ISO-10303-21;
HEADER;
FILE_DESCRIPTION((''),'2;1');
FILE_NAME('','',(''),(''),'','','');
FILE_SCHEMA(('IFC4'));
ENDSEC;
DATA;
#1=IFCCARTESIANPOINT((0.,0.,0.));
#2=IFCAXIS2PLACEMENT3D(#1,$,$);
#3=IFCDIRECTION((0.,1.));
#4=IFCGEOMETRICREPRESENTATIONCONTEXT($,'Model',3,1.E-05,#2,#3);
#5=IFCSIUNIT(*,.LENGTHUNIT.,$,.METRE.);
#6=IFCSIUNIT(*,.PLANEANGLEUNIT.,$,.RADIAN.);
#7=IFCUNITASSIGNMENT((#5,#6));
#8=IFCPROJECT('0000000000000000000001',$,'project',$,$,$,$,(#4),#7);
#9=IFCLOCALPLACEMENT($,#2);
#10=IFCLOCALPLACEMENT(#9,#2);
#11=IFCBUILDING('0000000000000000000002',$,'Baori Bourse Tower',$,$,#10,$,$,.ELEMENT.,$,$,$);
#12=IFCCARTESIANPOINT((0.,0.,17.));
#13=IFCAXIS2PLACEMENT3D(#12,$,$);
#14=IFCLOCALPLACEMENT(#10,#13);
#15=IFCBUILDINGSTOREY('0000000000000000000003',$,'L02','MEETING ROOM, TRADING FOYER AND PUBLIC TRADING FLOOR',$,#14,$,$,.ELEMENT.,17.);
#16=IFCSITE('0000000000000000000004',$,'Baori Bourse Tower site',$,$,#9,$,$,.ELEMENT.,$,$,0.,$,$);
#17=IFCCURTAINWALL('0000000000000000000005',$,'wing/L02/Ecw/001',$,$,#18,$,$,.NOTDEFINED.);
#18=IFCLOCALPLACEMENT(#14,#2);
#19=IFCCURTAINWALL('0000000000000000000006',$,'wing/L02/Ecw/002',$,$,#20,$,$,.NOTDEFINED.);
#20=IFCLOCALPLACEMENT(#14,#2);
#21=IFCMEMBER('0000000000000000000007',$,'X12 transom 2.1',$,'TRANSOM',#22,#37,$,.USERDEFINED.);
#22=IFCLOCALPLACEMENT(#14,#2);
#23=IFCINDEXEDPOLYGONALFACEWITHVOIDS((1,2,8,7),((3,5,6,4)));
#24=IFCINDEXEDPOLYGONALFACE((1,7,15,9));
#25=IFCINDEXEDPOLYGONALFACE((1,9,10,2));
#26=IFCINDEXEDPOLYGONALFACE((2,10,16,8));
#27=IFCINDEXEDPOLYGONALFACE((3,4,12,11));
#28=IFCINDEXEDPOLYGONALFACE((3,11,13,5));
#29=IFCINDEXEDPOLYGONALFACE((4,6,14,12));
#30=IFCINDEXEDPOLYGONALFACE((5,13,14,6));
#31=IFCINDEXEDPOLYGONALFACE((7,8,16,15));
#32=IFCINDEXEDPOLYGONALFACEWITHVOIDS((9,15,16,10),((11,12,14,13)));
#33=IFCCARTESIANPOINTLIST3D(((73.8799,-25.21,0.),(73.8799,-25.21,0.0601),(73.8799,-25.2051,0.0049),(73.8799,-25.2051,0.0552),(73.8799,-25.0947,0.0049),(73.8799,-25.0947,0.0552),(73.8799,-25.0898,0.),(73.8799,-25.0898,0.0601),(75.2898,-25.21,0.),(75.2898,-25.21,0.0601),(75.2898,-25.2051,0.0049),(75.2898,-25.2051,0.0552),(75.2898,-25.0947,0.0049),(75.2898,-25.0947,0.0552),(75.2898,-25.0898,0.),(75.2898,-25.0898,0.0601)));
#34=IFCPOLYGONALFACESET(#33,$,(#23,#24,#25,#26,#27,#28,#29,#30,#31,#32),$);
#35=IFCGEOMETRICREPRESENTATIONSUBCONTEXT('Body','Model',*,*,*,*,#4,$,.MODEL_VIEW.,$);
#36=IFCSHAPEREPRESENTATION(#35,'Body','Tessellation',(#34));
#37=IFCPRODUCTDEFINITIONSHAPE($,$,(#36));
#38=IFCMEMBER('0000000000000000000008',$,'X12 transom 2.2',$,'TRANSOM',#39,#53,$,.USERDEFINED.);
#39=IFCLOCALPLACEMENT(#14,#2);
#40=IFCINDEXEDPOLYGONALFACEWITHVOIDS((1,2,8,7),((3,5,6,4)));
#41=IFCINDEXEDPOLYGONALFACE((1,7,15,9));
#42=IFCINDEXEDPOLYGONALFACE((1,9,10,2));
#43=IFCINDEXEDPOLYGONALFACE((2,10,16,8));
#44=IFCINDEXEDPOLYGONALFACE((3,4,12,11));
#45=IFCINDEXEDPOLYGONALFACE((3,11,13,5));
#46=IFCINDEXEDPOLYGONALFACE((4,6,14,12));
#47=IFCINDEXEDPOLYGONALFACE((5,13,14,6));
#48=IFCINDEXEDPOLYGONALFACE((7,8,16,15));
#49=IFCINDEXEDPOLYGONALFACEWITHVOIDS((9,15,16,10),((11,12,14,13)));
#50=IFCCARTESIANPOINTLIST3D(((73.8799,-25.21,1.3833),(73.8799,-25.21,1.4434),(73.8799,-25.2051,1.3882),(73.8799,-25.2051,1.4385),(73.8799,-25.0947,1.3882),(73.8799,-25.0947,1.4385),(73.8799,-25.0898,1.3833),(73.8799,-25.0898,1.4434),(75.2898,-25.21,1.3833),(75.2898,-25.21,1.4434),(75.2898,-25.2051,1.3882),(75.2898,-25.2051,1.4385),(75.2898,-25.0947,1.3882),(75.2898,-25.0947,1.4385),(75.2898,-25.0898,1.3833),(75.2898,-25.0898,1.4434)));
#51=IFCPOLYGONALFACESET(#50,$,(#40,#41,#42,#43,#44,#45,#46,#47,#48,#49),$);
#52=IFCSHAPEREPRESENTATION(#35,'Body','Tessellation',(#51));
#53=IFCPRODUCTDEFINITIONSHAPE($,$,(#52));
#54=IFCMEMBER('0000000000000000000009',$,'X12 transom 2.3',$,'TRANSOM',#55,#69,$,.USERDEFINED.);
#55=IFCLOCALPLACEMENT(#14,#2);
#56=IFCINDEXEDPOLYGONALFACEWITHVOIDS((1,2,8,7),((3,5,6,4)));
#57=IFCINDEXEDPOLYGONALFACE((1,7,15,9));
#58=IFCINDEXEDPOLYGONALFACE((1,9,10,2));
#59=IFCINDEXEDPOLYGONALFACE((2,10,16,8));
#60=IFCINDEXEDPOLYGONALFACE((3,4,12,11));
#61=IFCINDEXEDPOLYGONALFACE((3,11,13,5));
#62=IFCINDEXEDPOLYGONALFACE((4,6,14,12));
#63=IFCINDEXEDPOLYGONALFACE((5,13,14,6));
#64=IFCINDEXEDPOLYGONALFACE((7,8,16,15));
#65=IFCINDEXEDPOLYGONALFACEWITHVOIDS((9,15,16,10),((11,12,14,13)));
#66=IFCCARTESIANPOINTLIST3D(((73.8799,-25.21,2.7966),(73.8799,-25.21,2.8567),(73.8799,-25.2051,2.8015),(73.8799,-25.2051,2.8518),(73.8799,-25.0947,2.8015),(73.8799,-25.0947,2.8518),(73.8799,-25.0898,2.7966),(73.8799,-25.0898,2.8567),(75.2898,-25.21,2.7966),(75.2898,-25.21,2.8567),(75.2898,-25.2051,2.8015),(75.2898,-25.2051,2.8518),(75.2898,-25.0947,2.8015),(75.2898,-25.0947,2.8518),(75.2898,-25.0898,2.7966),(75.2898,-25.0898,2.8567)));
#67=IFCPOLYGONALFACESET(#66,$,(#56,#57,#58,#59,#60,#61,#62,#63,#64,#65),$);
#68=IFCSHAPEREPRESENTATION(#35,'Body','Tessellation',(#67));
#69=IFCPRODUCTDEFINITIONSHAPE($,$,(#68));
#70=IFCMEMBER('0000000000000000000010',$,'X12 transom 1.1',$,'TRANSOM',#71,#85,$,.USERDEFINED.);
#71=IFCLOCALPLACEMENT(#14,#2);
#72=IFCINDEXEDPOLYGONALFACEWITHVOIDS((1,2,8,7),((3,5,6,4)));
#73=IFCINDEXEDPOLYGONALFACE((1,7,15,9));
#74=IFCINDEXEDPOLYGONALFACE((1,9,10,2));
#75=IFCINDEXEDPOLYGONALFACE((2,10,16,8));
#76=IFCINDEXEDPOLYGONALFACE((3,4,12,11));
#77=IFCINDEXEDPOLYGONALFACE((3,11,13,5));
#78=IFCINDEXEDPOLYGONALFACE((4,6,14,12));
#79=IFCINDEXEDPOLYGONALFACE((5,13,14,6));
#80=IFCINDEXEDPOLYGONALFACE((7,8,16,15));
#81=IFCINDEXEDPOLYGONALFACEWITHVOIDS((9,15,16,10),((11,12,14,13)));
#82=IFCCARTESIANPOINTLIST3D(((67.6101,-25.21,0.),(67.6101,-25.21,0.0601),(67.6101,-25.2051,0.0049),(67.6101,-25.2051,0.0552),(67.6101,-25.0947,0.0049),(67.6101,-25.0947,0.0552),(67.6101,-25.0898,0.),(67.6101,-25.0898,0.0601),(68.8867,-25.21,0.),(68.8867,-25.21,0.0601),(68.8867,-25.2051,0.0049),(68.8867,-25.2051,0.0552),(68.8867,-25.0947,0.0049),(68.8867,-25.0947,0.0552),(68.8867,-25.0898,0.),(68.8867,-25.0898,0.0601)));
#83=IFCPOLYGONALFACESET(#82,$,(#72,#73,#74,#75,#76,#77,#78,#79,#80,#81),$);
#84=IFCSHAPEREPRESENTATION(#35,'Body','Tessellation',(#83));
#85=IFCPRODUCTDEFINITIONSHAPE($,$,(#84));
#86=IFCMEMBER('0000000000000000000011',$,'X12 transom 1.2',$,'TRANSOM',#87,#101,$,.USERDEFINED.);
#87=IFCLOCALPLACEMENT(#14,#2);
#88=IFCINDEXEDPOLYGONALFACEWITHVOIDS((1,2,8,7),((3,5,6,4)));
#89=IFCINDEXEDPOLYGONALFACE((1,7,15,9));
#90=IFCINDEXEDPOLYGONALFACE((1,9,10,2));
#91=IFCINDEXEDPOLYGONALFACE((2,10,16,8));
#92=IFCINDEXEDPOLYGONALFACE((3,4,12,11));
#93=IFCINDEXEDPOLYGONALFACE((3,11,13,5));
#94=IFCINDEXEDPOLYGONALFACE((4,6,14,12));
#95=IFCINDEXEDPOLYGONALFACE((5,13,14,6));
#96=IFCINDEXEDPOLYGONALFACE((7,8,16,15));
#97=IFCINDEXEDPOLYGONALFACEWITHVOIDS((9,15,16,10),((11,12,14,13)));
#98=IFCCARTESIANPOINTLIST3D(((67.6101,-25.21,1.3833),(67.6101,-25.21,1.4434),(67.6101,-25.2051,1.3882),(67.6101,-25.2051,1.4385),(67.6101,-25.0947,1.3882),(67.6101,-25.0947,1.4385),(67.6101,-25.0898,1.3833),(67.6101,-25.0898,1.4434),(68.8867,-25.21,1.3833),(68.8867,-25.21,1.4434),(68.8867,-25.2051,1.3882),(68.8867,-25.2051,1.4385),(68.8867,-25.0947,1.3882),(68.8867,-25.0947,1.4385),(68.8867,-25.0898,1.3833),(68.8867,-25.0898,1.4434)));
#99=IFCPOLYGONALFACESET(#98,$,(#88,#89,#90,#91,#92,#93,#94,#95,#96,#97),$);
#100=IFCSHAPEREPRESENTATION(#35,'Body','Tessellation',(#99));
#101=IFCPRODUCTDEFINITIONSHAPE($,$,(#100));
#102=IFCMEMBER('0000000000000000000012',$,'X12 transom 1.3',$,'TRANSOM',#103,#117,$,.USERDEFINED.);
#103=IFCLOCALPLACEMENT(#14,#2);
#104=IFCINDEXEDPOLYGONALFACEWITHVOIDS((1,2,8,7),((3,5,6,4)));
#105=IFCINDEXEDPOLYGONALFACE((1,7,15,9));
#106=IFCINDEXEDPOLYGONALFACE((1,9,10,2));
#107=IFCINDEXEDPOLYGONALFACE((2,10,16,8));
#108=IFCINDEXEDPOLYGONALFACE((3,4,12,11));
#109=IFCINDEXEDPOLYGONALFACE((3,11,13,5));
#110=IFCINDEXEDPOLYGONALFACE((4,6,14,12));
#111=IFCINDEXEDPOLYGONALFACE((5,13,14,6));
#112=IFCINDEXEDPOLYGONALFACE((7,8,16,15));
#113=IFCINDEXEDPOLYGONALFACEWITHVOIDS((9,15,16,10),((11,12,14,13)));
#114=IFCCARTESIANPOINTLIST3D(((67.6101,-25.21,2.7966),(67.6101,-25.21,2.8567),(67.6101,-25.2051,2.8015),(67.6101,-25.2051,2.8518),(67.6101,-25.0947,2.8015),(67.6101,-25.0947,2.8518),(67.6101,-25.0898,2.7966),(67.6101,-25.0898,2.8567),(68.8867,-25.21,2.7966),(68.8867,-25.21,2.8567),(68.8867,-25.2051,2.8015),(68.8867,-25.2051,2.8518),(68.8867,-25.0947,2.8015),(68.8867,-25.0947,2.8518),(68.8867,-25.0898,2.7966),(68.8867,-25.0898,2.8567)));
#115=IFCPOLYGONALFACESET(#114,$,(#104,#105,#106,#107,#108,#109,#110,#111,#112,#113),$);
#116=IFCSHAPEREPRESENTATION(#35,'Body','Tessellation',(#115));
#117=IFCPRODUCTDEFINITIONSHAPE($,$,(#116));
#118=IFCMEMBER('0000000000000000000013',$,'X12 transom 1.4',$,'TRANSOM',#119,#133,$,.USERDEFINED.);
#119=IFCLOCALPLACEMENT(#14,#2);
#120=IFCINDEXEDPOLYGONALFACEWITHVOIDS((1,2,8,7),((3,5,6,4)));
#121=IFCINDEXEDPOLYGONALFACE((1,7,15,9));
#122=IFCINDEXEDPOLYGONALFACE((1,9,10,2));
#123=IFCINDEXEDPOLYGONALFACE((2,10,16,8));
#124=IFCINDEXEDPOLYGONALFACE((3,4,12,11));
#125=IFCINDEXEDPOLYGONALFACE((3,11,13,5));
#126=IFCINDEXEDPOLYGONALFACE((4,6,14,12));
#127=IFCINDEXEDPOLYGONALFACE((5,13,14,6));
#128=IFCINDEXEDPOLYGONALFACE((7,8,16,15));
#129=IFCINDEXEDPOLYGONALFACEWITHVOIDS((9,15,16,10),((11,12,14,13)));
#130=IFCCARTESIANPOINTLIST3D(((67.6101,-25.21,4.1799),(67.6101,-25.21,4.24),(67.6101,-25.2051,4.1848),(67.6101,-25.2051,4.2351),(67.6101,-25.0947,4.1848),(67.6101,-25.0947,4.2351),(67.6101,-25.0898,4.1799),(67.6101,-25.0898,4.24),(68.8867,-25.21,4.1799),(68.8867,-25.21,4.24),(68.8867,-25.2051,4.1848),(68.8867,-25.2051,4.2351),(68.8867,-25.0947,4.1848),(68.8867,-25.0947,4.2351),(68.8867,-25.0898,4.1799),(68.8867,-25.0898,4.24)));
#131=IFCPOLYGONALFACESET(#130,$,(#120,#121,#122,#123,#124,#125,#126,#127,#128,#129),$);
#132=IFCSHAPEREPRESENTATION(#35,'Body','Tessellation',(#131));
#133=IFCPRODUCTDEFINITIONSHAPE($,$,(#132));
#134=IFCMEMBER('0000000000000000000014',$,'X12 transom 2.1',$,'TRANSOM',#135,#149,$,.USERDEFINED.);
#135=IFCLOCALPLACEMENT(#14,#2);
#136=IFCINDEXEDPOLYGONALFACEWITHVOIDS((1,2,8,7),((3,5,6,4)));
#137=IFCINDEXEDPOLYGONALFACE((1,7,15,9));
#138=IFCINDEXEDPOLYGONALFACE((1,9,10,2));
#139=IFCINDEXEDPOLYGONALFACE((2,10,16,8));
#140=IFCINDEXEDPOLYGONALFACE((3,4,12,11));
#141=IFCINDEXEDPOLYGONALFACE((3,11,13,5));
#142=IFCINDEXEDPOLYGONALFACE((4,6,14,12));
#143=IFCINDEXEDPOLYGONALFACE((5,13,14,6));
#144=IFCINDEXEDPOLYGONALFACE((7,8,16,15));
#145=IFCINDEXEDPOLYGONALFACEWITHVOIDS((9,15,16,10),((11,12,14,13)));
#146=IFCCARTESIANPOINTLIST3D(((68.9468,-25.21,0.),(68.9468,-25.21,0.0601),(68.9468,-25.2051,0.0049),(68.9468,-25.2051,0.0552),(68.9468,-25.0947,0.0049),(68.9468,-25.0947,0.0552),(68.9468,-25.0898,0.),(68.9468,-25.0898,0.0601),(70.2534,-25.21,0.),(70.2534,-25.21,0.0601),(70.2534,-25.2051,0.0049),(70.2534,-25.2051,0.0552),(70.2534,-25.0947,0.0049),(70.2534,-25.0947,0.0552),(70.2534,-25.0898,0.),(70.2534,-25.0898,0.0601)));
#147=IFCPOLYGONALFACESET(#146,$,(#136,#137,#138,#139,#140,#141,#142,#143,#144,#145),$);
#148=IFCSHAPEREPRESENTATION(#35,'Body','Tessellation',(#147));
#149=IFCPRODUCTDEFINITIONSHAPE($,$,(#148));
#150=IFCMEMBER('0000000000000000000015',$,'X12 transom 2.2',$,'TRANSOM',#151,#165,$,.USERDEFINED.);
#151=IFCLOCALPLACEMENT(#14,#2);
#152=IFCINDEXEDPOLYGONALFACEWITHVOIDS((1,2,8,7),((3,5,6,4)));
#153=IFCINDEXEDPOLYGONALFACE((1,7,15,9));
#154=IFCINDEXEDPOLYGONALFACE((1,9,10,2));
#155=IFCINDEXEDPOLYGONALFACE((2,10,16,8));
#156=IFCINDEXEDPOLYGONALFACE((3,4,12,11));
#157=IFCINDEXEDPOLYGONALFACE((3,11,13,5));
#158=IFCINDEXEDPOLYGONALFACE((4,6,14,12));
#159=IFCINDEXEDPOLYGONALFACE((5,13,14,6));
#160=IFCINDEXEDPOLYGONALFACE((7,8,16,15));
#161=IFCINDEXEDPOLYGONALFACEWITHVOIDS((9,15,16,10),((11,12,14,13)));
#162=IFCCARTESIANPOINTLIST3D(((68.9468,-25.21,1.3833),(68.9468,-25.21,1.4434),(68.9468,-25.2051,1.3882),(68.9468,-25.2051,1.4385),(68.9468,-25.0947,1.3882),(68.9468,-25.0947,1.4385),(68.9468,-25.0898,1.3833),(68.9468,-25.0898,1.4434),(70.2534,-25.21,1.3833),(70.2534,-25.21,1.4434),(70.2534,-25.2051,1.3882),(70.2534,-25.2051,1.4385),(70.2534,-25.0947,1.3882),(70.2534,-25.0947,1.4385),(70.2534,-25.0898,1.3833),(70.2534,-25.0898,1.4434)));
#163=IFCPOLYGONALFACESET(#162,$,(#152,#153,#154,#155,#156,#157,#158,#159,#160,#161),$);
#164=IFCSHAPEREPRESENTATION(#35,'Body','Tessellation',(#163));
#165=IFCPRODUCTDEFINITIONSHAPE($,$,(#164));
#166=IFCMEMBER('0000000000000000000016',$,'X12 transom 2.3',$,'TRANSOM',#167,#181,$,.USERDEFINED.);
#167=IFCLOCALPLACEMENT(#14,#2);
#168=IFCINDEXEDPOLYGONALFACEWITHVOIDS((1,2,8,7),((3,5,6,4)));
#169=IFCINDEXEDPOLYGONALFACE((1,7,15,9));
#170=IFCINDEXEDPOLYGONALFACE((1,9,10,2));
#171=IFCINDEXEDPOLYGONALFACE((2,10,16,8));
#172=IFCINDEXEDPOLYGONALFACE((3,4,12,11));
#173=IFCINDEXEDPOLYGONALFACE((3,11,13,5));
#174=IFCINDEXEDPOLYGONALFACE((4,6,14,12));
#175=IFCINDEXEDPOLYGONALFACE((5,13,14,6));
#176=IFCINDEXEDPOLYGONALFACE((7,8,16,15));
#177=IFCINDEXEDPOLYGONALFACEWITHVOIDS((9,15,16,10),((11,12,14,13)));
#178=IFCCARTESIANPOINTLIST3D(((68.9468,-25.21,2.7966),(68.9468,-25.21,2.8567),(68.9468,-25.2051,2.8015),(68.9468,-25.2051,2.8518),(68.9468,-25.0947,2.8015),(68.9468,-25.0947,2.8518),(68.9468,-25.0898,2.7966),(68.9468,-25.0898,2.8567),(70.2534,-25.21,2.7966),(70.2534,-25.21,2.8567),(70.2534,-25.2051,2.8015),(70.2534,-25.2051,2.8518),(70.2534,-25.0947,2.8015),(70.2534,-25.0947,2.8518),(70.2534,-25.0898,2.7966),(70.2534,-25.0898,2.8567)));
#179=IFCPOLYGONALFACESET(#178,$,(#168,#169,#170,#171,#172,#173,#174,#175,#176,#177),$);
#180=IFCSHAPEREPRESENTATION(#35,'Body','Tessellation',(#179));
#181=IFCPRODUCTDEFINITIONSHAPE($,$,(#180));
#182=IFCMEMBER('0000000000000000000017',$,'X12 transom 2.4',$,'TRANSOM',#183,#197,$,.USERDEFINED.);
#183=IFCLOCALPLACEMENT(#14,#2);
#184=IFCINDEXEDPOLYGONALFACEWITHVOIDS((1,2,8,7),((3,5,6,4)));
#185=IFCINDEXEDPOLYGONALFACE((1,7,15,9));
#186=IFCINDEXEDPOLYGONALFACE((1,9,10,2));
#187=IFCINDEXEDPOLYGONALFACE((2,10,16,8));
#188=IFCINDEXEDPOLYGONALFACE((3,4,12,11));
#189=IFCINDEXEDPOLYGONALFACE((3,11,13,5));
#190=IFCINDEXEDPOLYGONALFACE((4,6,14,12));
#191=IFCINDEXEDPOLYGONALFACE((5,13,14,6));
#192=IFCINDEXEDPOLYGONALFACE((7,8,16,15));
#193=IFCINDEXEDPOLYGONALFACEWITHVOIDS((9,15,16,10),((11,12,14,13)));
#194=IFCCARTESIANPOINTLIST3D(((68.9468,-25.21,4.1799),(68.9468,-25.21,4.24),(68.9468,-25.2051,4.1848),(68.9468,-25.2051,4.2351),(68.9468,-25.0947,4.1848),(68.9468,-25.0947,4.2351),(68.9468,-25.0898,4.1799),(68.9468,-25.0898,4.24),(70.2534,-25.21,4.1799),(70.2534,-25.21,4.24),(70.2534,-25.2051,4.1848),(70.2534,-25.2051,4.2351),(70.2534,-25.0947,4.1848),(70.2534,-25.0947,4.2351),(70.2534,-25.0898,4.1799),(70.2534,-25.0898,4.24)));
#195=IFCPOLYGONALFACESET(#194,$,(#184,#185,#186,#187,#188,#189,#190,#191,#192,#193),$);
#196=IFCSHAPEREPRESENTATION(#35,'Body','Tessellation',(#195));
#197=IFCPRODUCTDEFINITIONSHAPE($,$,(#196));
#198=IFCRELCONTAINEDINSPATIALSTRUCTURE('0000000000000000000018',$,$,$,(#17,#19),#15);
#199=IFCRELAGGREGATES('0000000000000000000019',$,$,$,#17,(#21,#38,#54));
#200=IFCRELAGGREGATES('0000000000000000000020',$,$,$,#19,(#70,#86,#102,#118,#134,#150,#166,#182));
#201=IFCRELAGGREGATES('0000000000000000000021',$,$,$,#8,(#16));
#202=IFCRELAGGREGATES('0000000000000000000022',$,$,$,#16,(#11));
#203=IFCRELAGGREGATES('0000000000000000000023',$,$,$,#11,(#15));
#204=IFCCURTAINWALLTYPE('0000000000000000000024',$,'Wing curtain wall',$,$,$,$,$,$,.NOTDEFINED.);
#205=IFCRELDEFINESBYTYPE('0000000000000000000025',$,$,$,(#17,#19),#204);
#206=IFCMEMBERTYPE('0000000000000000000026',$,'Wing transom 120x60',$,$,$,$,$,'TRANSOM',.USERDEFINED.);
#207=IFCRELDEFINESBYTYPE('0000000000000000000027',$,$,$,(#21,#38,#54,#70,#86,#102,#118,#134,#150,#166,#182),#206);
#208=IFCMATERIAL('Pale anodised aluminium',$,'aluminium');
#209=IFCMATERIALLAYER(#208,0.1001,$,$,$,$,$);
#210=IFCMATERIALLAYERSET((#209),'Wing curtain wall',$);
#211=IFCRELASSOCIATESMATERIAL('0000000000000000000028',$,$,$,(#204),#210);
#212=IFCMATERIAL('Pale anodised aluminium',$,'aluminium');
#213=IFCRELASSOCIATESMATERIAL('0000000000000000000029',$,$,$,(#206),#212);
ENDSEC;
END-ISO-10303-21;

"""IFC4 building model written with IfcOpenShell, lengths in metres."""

from ifc_helpers import new_model, si_unit, direction, frame, origin, origin_2d, place, context, subcontext, project, spatial, hollow_rectangle, extrude, material, layer, layer_set, material_profile, profile_set, type_object, element, aggregate, save


model = new_model("IFC4")

# Units and contexts
model_context = context("Model", 3, precision=1e-05, world=origin(), true_north=direction((0.0, 1.0)))
body_context = subcontext(model_context, "Body", "Model", "MODEL_VIEW")
ifc_project = project(units=[si_unit("LENGTHUNIT", "METRE"), si_unit("PLANEANGLEUNIT", "RADIAN")], contexts=[model_context])

# Site, building, storey
site_placement = place(None, origin())
site = spatial("IfcSite", under=ifc_project, at=site_placement, Name="Baori Bourse Tower site", CompositionType="ELEMENT", RefElevation=0.0)
building_placement = place(site_placement, origin())
building = spatial("IfcBuilding", under=site, at=building_placement, Name="Baori Bourse Tower", CompositionType="ELEMENT")
storey_placement = place(building_placement, frame((0.0, 0.0, 17.0)))
storey = spatial("IfcBuildingStorey", under=building, at=storey_placement, Name="L02", Description="MEETING ROOM, TRADING FOYER AND PUBLIC TRADING FLOOR", CompositionType="ELEMENT", Elevation=17.0)

# Curtain walls
ifc_material_1 = material(Name="Pale anodised aluminium", Category="aluminium")
ifc_layer_1 = layer(ifc_material_1, 0.1001)
ifc_layer_set_1 = layer_set([ifc_layer_1], Name="Wing curtain wall")
curtain_wall_type = type_object("IfcCurtainWallType", Name="Wing curtain wall", PredefinedType="NOTDEFINED", material=ifc_layer_set_1)
curtain_wall_1_placement = place(storey_placement, origin())
curtain_wall_1 = element("IfcCurtainWall", 1, at=curtain_wall_1_placement, inside=storey, type_object=curtain_wall_type, Name="wing/L02/Ecw/001", PredefinedType="NOTDEFINED")
curtain_wall_2_placement = place(storey_placement, origin())
curtain_wall_2 = element("IfcCurtainWall", 2, at=curtain_wall_2_placement, inside=storey, type_object=curtain_wall_type, Name="wing/L02/Ecw/002", PredefinedType="NOTDEFINED")

# Members
ifc_material_2 = material(Name="Pale anodised aluminium", Category="aluminium")
ifc_material_profile_1 = material_profile(ifc_material_2, hollow_rectangle(XDim=0.1201, YDim=0.0601, WallThickness=0.0049, at=origin_2d()), Name="Transom 120x60x5")
ifc_profile_set_1 = profile_set([ifc_material_profile_1], Name="Pale anodised aluminium")
member_type_1 = type_object("IfcMemberType", Name="Wing transom 120x60", ElementType="TRANSOM", PredefinedType="USERDEFINED", material=ifc_profile_set_1)
member_1_placement = place(storey_placement, frame((73.8799, -25.1499, 0.03), z_axis=(1.0, 0.0, 0.0), x_axis=(0.0, 1.0, 0.0)))
member_1 = element("IfcMember", 3, at=member_1_placement, type_object=member_type_1, Name="X12 transom 2.1", ObjectType="TRANSOM", PredefinedType="USERDEFINED", context=body_context, shape_type="SweptSolid", body=[
    extrude(hollow_rectangle(XDim=0.1201, YDim=0.0601, WallThickness=0.0049, at=origin_2d()), origin(), (0.0, 0.0, 1.0), 1.4099),
])
member_2_placement = place(storey_placement, frame((73.8799, -25.1499, 1.4133), z_axis=(1.0, 0.0, 0.0), x_axis=(0.0, 1.0, 0.0)))
member_2 = element("IfcMember", 4, at=member_2_placement, type_object=member_type_1, Name="X12 transom 2.2", ObjectType="TRANSOM", PredefinedType="USERDEFINED", context=body_context, shape_type="SweptSolid", body=[
    extrude(hollow_rectangle(XDim=0.1201, YDim=0.0601, WallThickness=0.0049, at=origin_2d()), origin(), (0.0, 0.0, 1.0), 1.4099),
])
member_3_placement = place(storey_placement, frame((73.8799, -25.1499, 2.8267), z_axis=(1.0, 0.0, 0.0), x_axis=(0.0, 1.0, 0.0)))
member_3 = element("IfcMember", 5, at=member_3_placement, type_object=member_type_1, Name="X12 transom 2.3", ObjectType="TRANSOM", PredefinedType="USERDEFINED", context=body_context, shape_type="SweptSolid", body=[
    extrude(hollow_rectangle(XDim=0.1201, YDim=0.0601, WallThickness=0.0049, at=origin_2d()), origin(), (0.0, 0.0, 1.0), 1.4099),
])
member_4_placement = place(storey_placement, frame((67.6101, -25.1499, 0.03), z_axis=(1.0, 0.0, 0.0), x_axis=(0.0, 1.0, 0.0)))
member_4 = element("IfcMember", 6, at=member_4_placement, type_object=member_type_1, Name="X12 transom 1.1", ObjectType="TRANSOM", PredefinedType="USERDEFINED", context=body_context, shape_type="SweptSolid", body=[
    extrude(hollow_rectangle(XDim=0.1201, YDim=0.0601, WallThickness=0.0049, at=origin_2d()), origin(), (0.0, 0.0, 1.0), 1.2766),
])
member_5_placement = place(storey_placement, frame((67.6101, -25.1499, 1.4133), z_axis=(1.0, 0.0, 0.0), x_axis=(0.0, 1.0, 0.0)))
member_5 = element("IfcMember", 7, at=member_5_placement, type_object=member_type_1, Name="X12 transom 1.2", ObjectType="TRANSOM", PredefinedType="USERDEFINED", context=body_context, shape_type="SweptSolid", body=[
    extrude(hollow_rectangle(XDim=0.1201, YDim=0.0601, WallThickness=0.0049, at=origin_2d()), origin(), (0.0, 0.0, 1.0), 1.2766),
])
member_6_placement = place(storey_placement, frame((67.6101, -25.1499, 2.8267), z_axis=(1.0, 0.0, 0.0), x_axis=(0.0, 1.0, 0.0)))
member_6 = element("IfcMember", 8, at=member_6_placement, type_object=member_type_1, Name="X12 transom 1.3", ObjectType="TRANSOM", PredefinedType="USERDEFINED", context=body_context, shape_type="SweptSolid", body=[
    extrude(hollow_rectangle(XDim=0.1201, YDim=0.0601, WallThickness=0.0049, at=origin_2d()), origin(), (0.0, 0.0, 1.0), 1.2766),
])
member_7_placement = place(storey_placement, frame((67.6101, -25.1499, 4.21), z_axis=(1.0, 0.0, 0.0), x_axis=(0.0, 1.0, 0.0)))
member_7 = element("IfcMember", 9, at=member_7_placement, type_object=member_type_1, Name="X12 transom 1.4", ObjectType="TRANSOM", PredefinedType="USERDEFINED", context=body_context, shape_type="SweptSolid", body=[
    extrude(hollow_rectangle(XDim=0.1201, YDim=0.0601, WallThickness=0.0049, at=origin_2d()), origin(), (0.0, 0.0, 1.0), 1.2766),
])
member_8_placement = place(storey_placement, frame((68.9468, -25.1499, 0.03), z_axis=(1.0, 0.0, 0.0), x_axis=(0.0, 1.0, 0.0)))
member_8 = element("IfcMember", 10, at=member_8_placement, type_object=member_type_1, Name="X12 transom 2.1", ObjectType="TRANSOM", PredefinedType="USERDEFINED", context=body_context, shape_type="SweptSolid", body=[
    extrude(hollow_rectangle(XDim=0.1201, YDim=0.0601, WallThickness=0.0049, at=origin_2d()), origin(), (0.0, 0.0, 1.0), 1.3066),
])
member_9_placement = place(storey_placement, frame((68.9468, -25.1499, 1.4133), z_axis=(1.0, 0.0, 0.0), x_axis=(0.0, 1.0, 0.0)))
member_9 = element("IfcMember", 11, at=member_9_placement, type_object=member_type_1, Name="X12 transom 2.2", ObjectType="TRANSOM", PredefinedType="USERDEFINED", context=body_context, shape_type="SweptSolid", body=[
    extrude(hollow_rectangle(XDim=0.1201, YDim=0.0601, WallThickness=0.0049, at=origin_2d()), origin(), (0.0, 0.0, 1.0), 1.3066),
])
member_10_placement = place(storey_placement, frame((68.9468, -25.1499, 2.8267), z_axis=(1.0, 0.0, 0.0), x_axis=(0.0, 1.0, 0.0)))
member_10 = element("IfcMember", 12, at=member_10_placement, type_object=member_type_1, Name="X12 transom 2.3", ObjectType="TRANSOM", PredefinedType="USERDEFINED", context=body_context, shape_type="SweptSolid", body=[
    extrude(hollow_rectangle(XDim=0.1201, YDim=0.0601, WallThickness=0.0049, at=origin_2d()), origin(), (0.0, 0.0, 1.0), 1.3066),
])
member_11_placement = place(storey_placement, frame((68.9468, -25.1499, 4.21), z_axis=(1.0, 0.0, 0.0), x_axis=(0.0, 1.0, 0.0)))
member_11 = element("IfcMember", 13, at=member_11_placement, type_object=member_type_1, Name="X12 transom 2.4", ObjectType="TRANSOM", PredefinedType="USERDEFINED", context=body_context, shape_type="SweptSolid", body=[
    extrude(hollow_rectangle(XDim=0.1201, YDim=0.0601, WallThickness=0.0049, at=origin_2d()), origin(), (0.0, 0.0, 1.0), 1.3066),
])

aggregate(curtain_wall_1, [member_1, member_2, member_3])
aggregate(curtain_wall_2, [member_4, member_5, member_6, member_7, member_8, member_9, member_10, member_11])

save(model, "model.ifc")
